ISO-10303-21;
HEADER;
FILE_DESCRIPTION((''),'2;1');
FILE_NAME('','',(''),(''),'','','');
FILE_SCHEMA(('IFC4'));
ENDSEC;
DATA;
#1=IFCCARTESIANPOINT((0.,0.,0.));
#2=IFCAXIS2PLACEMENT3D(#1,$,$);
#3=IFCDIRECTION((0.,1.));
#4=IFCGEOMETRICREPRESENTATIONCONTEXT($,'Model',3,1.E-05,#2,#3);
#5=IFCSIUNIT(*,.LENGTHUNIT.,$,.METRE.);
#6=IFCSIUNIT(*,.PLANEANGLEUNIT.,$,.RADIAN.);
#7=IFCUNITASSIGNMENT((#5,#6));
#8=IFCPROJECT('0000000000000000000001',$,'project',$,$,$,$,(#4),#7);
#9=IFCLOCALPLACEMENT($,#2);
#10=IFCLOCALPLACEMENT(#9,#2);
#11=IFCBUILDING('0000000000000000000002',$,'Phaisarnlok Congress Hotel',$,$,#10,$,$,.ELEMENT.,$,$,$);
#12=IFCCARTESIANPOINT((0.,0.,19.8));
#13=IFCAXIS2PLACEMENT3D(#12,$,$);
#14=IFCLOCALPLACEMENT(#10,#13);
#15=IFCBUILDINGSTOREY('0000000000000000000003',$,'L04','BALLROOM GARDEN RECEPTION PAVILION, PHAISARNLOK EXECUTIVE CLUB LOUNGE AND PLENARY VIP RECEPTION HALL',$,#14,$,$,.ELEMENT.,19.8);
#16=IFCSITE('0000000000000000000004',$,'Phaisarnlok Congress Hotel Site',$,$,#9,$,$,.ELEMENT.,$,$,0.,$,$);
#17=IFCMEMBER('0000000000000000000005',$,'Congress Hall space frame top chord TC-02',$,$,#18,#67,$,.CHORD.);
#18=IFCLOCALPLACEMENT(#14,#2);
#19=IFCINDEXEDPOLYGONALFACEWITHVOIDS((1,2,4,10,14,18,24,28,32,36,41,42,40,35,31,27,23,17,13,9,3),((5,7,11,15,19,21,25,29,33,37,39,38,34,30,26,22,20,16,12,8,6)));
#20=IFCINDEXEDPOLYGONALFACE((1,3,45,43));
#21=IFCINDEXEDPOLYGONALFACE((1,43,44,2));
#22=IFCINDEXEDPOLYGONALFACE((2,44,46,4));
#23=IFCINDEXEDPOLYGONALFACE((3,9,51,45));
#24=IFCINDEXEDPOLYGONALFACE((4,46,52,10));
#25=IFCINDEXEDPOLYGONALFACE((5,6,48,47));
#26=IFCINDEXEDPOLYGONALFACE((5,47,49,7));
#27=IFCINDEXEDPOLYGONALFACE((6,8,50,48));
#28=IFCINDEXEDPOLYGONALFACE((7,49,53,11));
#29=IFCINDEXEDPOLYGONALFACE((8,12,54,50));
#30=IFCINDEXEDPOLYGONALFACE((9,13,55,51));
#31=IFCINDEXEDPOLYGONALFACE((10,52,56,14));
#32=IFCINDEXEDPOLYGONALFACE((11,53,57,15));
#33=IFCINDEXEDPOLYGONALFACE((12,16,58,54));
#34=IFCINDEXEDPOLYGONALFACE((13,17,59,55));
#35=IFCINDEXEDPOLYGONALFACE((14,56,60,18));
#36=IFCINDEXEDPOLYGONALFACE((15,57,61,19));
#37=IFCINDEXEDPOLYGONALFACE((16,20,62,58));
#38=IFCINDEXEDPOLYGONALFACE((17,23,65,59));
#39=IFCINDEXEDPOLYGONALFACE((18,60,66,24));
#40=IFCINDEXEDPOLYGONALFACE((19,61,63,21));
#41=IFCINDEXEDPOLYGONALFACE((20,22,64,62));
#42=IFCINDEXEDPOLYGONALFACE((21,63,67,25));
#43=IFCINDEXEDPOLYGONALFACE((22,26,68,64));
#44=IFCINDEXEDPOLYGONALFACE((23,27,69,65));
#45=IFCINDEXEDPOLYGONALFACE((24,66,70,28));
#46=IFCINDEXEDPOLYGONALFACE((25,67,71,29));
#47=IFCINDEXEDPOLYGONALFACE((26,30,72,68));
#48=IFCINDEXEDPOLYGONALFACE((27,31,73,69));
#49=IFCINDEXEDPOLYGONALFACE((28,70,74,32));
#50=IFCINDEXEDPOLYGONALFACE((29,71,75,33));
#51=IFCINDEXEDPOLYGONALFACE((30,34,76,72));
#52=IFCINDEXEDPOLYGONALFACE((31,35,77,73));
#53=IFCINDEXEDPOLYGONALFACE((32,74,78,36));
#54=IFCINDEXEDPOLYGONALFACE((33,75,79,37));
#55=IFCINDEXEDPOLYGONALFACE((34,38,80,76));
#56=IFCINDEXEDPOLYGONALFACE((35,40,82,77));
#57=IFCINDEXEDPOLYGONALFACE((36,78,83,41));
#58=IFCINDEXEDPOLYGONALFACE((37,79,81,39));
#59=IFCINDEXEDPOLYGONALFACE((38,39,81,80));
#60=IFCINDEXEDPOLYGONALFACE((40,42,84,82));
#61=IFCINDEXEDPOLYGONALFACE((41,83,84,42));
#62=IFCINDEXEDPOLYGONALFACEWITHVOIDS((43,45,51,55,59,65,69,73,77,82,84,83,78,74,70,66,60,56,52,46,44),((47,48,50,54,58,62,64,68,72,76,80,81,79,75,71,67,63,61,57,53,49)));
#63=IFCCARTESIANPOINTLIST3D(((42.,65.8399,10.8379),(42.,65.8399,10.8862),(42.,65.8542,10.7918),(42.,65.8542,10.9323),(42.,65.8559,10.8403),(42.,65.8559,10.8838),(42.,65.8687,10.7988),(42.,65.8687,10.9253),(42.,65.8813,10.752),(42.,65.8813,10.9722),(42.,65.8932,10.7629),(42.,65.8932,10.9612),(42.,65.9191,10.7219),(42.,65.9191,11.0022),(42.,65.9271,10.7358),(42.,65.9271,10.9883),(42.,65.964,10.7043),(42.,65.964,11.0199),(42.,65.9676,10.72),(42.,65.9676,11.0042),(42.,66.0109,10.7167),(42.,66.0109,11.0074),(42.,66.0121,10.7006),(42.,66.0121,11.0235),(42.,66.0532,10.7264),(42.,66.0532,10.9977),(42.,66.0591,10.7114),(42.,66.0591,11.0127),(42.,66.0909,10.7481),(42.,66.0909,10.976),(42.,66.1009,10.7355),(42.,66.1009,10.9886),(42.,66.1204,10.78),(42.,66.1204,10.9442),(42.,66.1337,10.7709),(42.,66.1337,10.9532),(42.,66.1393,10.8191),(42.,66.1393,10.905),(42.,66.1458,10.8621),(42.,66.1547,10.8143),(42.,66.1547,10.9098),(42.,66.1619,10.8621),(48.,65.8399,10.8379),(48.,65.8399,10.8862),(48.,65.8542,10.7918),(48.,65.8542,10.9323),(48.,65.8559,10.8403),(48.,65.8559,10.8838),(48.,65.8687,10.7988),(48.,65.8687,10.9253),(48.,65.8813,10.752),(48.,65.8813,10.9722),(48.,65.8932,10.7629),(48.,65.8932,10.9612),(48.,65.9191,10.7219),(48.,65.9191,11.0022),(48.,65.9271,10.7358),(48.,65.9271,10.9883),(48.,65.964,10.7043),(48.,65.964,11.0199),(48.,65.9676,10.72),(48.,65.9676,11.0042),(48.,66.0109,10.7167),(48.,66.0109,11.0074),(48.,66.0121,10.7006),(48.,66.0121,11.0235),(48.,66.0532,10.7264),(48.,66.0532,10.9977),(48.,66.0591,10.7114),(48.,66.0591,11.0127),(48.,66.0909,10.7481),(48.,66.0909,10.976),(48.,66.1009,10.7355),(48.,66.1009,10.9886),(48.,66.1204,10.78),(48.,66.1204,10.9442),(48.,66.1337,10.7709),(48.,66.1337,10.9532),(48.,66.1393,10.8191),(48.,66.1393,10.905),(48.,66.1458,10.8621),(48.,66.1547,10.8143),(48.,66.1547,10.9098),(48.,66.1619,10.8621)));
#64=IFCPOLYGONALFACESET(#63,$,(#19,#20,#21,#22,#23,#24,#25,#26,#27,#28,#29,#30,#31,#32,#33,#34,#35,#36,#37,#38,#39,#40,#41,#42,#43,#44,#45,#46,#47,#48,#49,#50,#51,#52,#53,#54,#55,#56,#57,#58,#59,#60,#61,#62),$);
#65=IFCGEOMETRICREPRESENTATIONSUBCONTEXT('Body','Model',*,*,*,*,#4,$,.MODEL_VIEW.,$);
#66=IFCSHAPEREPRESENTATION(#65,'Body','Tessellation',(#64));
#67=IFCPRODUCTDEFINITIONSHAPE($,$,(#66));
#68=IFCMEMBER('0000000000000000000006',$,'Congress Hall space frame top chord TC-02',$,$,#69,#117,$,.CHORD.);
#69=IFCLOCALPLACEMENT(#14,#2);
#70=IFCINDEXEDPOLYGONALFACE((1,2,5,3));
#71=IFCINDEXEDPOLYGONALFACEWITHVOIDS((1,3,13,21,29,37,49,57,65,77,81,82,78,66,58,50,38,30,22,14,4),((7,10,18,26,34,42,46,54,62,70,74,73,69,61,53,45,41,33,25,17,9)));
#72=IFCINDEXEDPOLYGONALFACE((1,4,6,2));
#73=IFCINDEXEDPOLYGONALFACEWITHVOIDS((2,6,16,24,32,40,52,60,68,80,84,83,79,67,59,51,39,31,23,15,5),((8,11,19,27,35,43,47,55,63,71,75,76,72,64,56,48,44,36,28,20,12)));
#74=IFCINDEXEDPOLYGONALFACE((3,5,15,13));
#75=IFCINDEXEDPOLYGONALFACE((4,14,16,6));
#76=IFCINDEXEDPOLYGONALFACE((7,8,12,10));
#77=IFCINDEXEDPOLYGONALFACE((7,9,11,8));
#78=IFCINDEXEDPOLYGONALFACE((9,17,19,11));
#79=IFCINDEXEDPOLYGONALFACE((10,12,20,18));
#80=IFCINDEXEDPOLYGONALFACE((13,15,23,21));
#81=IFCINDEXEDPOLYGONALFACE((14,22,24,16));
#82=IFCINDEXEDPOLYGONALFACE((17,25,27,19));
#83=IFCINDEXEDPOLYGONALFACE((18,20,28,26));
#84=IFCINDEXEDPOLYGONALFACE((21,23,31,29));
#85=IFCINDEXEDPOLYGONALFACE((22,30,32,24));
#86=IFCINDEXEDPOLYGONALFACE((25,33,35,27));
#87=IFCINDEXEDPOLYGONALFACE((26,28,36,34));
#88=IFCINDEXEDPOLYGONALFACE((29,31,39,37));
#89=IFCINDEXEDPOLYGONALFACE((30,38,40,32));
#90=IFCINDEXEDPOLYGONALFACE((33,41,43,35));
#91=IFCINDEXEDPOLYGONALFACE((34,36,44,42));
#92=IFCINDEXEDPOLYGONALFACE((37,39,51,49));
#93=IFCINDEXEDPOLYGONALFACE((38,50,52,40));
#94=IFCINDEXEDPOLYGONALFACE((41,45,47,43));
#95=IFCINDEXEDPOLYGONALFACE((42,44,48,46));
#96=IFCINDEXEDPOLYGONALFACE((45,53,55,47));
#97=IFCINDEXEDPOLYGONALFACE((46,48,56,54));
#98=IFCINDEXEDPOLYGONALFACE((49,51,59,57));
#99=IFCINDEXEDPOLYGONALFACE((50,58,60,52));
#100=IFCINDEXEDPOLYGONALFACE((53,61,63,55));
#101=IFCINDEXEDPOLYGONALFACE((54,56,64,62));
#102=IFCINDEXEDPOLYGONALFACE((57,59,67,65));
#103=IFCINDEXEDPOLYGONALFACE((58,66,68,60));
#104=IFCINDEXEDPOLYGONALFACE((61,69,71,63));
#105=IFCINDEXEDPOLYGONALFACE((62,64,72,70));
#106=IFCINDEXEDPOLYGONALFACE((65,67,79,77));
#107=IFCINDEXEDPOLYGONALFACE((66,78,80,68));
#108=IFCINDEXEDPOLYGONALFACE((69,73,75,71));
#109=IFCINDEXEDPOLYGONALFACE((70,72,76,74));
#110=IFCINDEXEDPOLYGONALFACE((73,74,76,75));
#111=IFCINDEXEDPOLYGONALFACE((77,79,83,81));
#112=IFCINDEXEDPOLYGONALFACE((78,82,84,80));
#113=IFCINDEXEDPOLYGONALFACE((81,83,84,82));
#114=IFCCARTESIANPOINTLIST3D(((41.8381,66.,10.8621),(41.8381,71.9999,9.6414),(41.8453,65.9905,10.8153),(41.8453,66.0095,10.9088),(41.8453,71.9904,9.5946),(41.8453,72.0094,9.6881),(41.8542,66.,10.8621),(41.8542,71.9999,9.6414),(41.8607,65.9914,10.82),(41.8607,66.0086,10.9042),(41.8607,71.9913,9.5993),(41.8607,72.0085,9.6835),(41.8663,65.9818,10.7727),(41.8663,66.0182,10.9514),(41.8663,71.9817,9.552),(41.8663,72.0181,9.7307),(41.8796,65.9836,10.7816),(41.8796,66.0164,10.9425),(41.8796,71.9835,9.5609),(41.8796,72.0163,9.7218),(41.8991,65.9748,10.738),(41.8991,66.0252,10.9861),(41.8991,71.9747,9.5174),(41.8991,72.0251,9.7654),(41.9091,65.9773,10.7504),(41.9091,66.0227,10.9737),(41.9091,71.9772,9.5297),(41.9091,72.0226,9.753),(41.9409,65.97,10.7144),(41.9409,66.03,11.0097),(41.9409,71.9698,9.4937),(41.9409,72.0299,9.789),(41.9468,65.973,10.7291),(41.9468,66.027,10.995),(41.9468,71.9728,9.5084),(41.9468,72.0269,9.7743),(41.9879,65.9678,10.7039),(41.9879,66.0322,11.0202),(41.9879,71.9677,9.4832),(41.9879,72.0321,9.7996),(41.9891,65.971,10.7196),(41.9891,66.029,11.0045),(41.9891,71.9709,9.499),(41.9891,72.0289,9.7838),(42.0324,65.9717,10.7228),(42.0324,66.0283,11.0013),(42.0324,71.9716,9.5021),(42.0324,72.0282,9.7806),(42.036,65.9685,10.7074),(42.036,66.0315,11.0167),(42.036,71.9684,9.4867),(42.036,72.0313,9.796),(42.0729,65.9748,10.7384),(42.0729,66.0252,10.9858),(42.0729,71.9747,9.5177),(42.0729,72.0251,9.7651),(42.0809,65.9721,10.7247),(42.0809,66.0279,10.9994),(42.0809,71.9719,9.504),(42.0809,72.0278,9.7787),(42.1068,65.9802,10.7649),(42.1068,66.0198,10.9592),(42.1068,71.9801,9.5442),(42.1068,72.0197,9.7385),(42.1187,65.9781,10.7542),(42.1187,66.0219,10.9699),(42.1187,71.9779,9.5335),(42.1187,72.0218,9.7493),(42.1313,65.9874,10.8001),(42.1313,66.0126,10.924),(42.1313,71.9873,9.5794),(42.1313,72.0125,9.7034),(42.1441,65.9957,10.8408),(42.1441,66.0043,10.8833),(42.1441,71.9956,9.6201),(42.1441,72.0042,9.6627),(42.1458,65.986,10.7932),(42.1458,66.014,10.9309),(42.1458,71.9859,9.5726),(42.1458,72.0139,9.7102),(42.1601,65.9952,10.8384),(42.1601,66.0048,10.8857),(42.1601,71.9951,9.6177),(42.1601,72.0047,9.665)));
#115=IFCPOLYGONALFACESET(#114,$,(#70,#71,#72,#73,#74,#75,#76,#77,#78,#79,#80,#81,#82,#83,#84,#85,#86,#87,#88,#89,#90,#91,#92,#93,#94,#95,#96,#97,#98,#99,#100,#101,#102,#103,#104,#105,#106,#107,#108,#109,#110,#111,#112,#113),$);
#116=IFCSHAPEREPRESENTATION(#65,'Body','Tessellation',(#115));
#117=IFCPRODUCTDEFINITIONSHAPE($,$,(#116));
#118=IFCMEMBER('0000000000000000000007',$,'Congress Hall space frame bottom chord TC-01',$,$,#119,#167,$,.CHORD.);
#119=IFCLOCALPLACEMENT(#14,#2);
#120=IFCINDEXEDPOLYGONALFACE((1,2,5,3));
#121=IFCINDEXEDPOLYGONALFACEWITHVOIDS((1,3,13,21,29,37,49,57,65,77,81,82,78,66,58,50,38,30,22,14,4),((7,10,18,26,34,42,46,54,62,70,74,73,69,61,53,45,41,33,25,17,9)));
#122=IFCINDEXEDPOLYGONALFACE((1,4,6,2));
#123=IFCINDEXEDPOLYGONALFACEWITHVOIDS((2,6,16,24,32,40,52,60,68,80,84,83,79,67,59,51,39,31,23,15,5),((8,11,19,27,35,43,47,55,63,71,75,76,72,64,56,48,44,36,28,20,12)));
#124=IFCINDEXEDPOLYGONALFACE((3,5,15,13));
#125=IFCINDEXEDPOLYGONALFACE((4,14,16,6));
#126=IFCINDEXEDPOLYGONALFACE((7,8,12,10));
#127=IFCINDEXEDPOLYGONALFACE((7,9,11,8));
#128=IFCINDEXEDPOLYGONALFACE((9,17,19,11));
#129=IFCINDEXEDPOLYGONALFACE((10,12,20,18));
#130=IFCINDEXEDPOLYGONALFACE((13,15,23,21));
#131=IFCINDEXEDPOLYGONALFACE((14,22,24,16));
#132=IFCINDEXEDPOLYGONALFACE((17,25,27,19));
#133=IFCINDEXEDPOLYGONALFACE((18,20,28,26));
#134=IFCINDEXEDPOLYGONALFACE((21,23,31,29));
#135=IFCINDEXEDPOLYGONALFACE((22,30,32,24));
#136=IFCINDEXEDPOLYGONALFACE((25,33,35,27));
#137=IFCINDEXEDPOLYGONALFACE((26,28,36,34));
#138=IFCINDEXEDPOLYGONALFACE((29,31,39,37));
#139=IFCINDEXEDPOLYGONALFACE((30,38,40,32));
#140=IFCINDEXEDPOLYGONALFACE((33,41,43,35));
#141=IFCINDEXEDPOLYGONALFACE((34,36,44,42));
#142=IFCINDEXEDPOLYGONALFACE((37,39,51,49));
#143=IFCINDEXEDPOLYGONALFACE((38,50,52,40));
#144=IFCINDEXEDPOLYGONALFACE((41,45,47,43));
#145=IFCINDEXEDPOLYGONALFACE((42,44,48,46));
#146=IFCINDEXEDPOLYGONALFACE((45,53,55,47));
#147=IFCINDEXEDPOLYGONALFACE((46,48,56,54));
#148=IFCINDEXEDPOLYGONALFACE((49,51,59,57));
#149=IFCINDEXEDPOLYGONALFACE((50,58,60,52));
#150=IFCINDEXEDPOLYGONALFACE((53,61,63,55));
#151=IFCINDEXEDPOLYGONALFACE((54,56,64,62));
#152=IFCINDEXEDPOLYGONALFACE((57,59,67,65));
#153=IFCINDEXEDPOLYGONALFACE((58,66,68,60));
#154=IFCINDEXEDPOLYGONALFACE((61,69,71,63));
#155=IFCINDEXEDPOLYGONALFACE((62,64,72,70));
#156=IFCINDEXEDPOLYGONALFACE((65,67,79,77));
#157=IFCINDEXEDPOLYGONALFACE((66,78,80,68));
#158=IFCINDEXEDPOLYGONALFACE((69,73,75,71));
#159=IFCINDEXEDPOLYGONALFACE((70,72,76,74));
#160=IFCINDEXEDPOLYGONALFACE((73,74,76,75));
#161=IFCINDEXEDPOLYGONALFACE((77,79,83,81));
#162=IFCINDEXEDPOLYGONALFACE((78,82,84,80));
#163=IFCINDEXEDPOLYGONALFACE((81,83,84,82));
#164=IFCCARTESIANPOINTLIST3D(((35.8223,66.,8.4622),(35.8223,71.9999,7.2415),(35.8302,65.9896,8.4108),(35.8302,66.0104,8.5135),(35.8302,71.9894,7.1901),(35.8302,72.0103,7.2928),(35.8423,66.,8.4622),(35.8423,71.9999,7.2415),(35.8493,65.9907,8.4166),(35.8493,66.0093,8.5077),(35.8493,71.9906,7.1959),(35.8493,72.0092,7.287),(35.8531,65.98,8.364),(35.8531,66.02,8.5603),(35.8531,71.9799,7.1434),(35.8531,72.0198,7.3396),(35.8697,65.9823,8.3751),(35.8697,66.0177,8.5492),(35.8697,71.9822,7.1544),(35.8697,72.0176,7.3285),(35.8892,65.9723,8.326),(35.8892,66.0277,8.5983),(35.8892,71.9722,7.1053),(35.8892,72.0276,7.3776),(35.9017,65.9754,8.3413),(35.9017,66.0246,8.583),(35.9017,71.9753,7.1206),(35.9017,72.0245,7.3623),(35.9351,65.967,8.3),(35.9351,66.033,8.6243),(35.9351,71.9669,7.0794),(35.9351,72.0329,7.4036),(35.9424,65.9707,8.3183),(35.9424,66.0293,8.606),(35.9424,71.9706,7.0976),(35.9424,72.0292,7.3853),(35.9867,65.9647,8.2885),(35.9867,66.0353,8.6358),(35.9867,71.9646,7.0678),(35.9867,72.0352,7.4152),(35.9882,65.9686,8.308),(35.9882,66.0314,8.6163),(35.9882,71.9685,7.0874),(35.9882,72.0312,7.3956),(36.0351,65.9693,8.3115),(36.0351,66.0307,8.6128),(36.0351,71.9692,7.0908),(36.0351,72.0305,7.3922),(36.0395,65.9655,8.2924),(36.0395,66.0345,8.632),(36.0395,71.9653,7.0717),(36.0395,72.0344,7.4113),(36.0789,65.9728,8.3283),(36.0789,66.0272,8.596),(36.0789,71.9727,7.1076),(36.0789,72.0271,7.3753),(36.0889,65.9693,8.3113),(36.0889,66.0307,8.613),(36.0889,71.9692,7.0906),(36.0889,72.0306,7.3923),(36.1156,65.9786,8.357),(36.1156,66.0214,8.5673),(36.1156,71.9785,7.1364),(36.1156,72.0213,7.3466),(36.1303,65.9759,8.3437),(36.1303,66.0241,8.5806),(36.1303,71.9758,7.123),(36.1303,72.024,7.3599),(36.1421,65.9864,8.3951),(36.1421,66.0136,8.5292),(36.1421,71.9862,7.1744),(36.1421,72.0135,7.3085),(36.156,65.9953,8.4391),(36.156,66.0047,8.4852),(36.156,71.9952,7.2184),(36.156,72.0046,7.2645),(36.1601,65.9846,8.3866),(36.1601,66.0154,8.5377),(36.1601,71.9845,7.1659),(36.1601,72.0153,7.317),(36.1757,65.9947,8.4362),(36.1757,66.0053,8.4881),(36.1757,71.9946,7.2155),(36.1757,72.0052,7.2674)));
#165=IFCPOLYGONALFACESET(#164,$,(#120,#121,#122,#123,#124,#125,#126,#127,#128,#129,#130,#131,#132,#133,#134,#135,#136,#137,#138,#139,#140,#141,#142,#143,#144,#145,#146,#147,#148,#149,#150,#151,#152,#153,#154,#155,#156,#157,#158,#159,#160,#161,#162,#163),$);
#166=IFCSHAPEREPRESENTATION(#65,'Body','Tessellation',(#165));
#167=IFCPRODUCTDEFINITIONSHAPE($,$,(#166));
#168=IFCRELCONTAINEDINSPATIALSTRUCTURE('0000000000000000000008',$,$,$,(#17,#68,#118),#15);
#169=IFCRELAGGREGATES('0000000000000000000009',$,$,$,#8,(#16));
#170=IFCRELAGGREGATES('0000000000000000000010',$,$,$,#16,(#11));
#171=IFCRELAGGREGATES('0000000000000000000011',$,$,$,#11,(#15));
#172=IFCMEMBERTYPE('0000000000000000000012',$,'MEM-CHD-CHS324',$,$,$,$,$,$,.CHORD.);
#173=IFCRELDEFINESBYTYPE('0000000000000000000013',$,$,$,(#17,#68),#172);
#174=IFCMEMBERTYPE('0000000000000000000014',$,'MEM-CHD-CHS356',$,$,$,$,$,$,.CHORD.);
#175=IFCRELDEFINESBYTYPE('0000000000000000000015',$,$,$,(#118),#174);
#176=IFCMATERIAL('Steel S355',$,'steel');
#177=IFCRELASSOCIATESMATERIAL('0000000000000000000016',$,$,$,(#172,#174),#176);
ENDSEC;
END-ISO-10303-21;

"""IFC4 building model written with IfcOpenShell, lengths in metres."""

from ifc_helpers import new_model, si_unit, direction, frame, origin, origin_2d, place, context, subcontext, project, spatial, hollow_circle, extrude, material, material_profile, profile_set, type_object, element, save


model = new_model("IFC4")

# Units and contexts
model_context = context("Model", 3, precision=1e-05, world=origin(), true_north=direction((0.0, 1.0)))
body_context = subcontext(model_context, "Body", "Model", "MODEL_VIEW")
ifc_project = project(units=[si_unit("LENGTHUNIT", "METRE"), si_unit("PLANEANGLEUNIT", "RADIAN")], contexts=[model_context])

# Site, building, storey
site_placement = place(None, origin())
site = spatial("IfcSite", under=ifc_project, at=site_placement, Name="Phaisarnlok Congress Hotel Site", CompositionType="ELEMENT", RefElevation=0.0)
building_placement = place(site_placement, origin())
building = spatial("IfcBuilding", under=site, at=building_placement, Name="Phaisarnlok Congress Hotel", CompositionType="ELEMENT")
storey_placement = place(building_placement, frame((0.0, 0.0, 19.8)))
storey = spatial("IfcBuildingStorey", under=building, at=storey_placement, Name="L04", Description="BALLROOM GARDEN RECEPTION PAVILION, PHAISARNLOK EXECUTIVE CLUB LOUNGE AND PLENARY VIP RECEPTION HALL", CompositionType="ELEMENT", Elevation=19.8)

# Members
ifc_material = material(Name="Steel S355", Category="steel")
ifc_material_profile_1 = material_profile(ifc_material, hollow_circle(Radius=0.1619, WallThickness=0.0161, at=origin_2d()), Name="CHS 323.9x16")
ifc_profile_set_1 = profile_set([ifc_material_profile_1], Name="Steel S355")
member_type_1 = type_object("IfcMemberType", Name="MEM-CHD-CHS324", PredefinedType="CHORD", material=ifc_profile_set_1)
member_1_placement = place(storey_placement, frame((42.0, 66.0, 10.8621), z_axis=(1.0, 0.0, 0.0), x_axis=(0.0, 1.0, 0.0)))
element("IfcMember", 1, at=member_1_placement, inside=storey, type_object=member_type_1, Name="Congress Hall space frame top chord TC-02", PredefinedType="CHORD", context=body_context, shape_type="SweptSolid", body=[
    extrude(hollow_circle(Radius=0.1619, WallThickness=0.0161, at=origin_2d()), origin(), (0.0, 0.0, 1.0), 6.0),
])
member_2_placement = place(storey_placement, frame((42.0, 66.0, 10.8621), z_axis=(0.0, 0.979925, -0.199366), x_axis=(-1.0, 0.0, 0.0)))
element("IfcMember", 2, at=member_2_placement, inside=storey, type_object=member_type_1, Name="Congress Hall space frame top chord TC-02", PredefinedType="CHORD", context=body_context, shape_type="SweptSolid", body=[
    extrude(hollow_circle(Radius=0.1619, WallThickness=0.0161, at=origin_2d()), origin(), (0.0, 0.0, 1.0), 6.1228),
])
ifc_material_profile_2 = material_profile(ifc_material, hollow_circle(Radius=0.1777, WallThickness=0.02, at=origin_2d()), Name="CHS 355.6x20")
ifc_profile_set_2 = profile_set([ifc_material_profile_2], Name="Steel S355")
member_type_2 = type_object("IfcMemberType", Name="MEM-CHD-CHS356", PredefinedType="CHORD", material=ifc_profile_set_2)
member_3_placement = place(storey_placement, frame((36.0, 66.0, 8.4622), z_axis=(0.0, 0.979925, -0.199366), x_axis=(-1.0, 0.0, 0.0)))
element("IfcMember", 3, at=member_3_placement, inside=storey, type_object=member_type_2, Name="Congress Hall space frame bottom chord TC-01", PredefinedType="CHORD", context=body_context, shape_type="SweptSolid", body=[
    extrude(hollow_circle(Radius=0.1777, WallThickness=0.02, at=origin_2d()), origin(), (0.0, 0.0, 1.0), 6.1228),
])

save(model, "model.ifc")
